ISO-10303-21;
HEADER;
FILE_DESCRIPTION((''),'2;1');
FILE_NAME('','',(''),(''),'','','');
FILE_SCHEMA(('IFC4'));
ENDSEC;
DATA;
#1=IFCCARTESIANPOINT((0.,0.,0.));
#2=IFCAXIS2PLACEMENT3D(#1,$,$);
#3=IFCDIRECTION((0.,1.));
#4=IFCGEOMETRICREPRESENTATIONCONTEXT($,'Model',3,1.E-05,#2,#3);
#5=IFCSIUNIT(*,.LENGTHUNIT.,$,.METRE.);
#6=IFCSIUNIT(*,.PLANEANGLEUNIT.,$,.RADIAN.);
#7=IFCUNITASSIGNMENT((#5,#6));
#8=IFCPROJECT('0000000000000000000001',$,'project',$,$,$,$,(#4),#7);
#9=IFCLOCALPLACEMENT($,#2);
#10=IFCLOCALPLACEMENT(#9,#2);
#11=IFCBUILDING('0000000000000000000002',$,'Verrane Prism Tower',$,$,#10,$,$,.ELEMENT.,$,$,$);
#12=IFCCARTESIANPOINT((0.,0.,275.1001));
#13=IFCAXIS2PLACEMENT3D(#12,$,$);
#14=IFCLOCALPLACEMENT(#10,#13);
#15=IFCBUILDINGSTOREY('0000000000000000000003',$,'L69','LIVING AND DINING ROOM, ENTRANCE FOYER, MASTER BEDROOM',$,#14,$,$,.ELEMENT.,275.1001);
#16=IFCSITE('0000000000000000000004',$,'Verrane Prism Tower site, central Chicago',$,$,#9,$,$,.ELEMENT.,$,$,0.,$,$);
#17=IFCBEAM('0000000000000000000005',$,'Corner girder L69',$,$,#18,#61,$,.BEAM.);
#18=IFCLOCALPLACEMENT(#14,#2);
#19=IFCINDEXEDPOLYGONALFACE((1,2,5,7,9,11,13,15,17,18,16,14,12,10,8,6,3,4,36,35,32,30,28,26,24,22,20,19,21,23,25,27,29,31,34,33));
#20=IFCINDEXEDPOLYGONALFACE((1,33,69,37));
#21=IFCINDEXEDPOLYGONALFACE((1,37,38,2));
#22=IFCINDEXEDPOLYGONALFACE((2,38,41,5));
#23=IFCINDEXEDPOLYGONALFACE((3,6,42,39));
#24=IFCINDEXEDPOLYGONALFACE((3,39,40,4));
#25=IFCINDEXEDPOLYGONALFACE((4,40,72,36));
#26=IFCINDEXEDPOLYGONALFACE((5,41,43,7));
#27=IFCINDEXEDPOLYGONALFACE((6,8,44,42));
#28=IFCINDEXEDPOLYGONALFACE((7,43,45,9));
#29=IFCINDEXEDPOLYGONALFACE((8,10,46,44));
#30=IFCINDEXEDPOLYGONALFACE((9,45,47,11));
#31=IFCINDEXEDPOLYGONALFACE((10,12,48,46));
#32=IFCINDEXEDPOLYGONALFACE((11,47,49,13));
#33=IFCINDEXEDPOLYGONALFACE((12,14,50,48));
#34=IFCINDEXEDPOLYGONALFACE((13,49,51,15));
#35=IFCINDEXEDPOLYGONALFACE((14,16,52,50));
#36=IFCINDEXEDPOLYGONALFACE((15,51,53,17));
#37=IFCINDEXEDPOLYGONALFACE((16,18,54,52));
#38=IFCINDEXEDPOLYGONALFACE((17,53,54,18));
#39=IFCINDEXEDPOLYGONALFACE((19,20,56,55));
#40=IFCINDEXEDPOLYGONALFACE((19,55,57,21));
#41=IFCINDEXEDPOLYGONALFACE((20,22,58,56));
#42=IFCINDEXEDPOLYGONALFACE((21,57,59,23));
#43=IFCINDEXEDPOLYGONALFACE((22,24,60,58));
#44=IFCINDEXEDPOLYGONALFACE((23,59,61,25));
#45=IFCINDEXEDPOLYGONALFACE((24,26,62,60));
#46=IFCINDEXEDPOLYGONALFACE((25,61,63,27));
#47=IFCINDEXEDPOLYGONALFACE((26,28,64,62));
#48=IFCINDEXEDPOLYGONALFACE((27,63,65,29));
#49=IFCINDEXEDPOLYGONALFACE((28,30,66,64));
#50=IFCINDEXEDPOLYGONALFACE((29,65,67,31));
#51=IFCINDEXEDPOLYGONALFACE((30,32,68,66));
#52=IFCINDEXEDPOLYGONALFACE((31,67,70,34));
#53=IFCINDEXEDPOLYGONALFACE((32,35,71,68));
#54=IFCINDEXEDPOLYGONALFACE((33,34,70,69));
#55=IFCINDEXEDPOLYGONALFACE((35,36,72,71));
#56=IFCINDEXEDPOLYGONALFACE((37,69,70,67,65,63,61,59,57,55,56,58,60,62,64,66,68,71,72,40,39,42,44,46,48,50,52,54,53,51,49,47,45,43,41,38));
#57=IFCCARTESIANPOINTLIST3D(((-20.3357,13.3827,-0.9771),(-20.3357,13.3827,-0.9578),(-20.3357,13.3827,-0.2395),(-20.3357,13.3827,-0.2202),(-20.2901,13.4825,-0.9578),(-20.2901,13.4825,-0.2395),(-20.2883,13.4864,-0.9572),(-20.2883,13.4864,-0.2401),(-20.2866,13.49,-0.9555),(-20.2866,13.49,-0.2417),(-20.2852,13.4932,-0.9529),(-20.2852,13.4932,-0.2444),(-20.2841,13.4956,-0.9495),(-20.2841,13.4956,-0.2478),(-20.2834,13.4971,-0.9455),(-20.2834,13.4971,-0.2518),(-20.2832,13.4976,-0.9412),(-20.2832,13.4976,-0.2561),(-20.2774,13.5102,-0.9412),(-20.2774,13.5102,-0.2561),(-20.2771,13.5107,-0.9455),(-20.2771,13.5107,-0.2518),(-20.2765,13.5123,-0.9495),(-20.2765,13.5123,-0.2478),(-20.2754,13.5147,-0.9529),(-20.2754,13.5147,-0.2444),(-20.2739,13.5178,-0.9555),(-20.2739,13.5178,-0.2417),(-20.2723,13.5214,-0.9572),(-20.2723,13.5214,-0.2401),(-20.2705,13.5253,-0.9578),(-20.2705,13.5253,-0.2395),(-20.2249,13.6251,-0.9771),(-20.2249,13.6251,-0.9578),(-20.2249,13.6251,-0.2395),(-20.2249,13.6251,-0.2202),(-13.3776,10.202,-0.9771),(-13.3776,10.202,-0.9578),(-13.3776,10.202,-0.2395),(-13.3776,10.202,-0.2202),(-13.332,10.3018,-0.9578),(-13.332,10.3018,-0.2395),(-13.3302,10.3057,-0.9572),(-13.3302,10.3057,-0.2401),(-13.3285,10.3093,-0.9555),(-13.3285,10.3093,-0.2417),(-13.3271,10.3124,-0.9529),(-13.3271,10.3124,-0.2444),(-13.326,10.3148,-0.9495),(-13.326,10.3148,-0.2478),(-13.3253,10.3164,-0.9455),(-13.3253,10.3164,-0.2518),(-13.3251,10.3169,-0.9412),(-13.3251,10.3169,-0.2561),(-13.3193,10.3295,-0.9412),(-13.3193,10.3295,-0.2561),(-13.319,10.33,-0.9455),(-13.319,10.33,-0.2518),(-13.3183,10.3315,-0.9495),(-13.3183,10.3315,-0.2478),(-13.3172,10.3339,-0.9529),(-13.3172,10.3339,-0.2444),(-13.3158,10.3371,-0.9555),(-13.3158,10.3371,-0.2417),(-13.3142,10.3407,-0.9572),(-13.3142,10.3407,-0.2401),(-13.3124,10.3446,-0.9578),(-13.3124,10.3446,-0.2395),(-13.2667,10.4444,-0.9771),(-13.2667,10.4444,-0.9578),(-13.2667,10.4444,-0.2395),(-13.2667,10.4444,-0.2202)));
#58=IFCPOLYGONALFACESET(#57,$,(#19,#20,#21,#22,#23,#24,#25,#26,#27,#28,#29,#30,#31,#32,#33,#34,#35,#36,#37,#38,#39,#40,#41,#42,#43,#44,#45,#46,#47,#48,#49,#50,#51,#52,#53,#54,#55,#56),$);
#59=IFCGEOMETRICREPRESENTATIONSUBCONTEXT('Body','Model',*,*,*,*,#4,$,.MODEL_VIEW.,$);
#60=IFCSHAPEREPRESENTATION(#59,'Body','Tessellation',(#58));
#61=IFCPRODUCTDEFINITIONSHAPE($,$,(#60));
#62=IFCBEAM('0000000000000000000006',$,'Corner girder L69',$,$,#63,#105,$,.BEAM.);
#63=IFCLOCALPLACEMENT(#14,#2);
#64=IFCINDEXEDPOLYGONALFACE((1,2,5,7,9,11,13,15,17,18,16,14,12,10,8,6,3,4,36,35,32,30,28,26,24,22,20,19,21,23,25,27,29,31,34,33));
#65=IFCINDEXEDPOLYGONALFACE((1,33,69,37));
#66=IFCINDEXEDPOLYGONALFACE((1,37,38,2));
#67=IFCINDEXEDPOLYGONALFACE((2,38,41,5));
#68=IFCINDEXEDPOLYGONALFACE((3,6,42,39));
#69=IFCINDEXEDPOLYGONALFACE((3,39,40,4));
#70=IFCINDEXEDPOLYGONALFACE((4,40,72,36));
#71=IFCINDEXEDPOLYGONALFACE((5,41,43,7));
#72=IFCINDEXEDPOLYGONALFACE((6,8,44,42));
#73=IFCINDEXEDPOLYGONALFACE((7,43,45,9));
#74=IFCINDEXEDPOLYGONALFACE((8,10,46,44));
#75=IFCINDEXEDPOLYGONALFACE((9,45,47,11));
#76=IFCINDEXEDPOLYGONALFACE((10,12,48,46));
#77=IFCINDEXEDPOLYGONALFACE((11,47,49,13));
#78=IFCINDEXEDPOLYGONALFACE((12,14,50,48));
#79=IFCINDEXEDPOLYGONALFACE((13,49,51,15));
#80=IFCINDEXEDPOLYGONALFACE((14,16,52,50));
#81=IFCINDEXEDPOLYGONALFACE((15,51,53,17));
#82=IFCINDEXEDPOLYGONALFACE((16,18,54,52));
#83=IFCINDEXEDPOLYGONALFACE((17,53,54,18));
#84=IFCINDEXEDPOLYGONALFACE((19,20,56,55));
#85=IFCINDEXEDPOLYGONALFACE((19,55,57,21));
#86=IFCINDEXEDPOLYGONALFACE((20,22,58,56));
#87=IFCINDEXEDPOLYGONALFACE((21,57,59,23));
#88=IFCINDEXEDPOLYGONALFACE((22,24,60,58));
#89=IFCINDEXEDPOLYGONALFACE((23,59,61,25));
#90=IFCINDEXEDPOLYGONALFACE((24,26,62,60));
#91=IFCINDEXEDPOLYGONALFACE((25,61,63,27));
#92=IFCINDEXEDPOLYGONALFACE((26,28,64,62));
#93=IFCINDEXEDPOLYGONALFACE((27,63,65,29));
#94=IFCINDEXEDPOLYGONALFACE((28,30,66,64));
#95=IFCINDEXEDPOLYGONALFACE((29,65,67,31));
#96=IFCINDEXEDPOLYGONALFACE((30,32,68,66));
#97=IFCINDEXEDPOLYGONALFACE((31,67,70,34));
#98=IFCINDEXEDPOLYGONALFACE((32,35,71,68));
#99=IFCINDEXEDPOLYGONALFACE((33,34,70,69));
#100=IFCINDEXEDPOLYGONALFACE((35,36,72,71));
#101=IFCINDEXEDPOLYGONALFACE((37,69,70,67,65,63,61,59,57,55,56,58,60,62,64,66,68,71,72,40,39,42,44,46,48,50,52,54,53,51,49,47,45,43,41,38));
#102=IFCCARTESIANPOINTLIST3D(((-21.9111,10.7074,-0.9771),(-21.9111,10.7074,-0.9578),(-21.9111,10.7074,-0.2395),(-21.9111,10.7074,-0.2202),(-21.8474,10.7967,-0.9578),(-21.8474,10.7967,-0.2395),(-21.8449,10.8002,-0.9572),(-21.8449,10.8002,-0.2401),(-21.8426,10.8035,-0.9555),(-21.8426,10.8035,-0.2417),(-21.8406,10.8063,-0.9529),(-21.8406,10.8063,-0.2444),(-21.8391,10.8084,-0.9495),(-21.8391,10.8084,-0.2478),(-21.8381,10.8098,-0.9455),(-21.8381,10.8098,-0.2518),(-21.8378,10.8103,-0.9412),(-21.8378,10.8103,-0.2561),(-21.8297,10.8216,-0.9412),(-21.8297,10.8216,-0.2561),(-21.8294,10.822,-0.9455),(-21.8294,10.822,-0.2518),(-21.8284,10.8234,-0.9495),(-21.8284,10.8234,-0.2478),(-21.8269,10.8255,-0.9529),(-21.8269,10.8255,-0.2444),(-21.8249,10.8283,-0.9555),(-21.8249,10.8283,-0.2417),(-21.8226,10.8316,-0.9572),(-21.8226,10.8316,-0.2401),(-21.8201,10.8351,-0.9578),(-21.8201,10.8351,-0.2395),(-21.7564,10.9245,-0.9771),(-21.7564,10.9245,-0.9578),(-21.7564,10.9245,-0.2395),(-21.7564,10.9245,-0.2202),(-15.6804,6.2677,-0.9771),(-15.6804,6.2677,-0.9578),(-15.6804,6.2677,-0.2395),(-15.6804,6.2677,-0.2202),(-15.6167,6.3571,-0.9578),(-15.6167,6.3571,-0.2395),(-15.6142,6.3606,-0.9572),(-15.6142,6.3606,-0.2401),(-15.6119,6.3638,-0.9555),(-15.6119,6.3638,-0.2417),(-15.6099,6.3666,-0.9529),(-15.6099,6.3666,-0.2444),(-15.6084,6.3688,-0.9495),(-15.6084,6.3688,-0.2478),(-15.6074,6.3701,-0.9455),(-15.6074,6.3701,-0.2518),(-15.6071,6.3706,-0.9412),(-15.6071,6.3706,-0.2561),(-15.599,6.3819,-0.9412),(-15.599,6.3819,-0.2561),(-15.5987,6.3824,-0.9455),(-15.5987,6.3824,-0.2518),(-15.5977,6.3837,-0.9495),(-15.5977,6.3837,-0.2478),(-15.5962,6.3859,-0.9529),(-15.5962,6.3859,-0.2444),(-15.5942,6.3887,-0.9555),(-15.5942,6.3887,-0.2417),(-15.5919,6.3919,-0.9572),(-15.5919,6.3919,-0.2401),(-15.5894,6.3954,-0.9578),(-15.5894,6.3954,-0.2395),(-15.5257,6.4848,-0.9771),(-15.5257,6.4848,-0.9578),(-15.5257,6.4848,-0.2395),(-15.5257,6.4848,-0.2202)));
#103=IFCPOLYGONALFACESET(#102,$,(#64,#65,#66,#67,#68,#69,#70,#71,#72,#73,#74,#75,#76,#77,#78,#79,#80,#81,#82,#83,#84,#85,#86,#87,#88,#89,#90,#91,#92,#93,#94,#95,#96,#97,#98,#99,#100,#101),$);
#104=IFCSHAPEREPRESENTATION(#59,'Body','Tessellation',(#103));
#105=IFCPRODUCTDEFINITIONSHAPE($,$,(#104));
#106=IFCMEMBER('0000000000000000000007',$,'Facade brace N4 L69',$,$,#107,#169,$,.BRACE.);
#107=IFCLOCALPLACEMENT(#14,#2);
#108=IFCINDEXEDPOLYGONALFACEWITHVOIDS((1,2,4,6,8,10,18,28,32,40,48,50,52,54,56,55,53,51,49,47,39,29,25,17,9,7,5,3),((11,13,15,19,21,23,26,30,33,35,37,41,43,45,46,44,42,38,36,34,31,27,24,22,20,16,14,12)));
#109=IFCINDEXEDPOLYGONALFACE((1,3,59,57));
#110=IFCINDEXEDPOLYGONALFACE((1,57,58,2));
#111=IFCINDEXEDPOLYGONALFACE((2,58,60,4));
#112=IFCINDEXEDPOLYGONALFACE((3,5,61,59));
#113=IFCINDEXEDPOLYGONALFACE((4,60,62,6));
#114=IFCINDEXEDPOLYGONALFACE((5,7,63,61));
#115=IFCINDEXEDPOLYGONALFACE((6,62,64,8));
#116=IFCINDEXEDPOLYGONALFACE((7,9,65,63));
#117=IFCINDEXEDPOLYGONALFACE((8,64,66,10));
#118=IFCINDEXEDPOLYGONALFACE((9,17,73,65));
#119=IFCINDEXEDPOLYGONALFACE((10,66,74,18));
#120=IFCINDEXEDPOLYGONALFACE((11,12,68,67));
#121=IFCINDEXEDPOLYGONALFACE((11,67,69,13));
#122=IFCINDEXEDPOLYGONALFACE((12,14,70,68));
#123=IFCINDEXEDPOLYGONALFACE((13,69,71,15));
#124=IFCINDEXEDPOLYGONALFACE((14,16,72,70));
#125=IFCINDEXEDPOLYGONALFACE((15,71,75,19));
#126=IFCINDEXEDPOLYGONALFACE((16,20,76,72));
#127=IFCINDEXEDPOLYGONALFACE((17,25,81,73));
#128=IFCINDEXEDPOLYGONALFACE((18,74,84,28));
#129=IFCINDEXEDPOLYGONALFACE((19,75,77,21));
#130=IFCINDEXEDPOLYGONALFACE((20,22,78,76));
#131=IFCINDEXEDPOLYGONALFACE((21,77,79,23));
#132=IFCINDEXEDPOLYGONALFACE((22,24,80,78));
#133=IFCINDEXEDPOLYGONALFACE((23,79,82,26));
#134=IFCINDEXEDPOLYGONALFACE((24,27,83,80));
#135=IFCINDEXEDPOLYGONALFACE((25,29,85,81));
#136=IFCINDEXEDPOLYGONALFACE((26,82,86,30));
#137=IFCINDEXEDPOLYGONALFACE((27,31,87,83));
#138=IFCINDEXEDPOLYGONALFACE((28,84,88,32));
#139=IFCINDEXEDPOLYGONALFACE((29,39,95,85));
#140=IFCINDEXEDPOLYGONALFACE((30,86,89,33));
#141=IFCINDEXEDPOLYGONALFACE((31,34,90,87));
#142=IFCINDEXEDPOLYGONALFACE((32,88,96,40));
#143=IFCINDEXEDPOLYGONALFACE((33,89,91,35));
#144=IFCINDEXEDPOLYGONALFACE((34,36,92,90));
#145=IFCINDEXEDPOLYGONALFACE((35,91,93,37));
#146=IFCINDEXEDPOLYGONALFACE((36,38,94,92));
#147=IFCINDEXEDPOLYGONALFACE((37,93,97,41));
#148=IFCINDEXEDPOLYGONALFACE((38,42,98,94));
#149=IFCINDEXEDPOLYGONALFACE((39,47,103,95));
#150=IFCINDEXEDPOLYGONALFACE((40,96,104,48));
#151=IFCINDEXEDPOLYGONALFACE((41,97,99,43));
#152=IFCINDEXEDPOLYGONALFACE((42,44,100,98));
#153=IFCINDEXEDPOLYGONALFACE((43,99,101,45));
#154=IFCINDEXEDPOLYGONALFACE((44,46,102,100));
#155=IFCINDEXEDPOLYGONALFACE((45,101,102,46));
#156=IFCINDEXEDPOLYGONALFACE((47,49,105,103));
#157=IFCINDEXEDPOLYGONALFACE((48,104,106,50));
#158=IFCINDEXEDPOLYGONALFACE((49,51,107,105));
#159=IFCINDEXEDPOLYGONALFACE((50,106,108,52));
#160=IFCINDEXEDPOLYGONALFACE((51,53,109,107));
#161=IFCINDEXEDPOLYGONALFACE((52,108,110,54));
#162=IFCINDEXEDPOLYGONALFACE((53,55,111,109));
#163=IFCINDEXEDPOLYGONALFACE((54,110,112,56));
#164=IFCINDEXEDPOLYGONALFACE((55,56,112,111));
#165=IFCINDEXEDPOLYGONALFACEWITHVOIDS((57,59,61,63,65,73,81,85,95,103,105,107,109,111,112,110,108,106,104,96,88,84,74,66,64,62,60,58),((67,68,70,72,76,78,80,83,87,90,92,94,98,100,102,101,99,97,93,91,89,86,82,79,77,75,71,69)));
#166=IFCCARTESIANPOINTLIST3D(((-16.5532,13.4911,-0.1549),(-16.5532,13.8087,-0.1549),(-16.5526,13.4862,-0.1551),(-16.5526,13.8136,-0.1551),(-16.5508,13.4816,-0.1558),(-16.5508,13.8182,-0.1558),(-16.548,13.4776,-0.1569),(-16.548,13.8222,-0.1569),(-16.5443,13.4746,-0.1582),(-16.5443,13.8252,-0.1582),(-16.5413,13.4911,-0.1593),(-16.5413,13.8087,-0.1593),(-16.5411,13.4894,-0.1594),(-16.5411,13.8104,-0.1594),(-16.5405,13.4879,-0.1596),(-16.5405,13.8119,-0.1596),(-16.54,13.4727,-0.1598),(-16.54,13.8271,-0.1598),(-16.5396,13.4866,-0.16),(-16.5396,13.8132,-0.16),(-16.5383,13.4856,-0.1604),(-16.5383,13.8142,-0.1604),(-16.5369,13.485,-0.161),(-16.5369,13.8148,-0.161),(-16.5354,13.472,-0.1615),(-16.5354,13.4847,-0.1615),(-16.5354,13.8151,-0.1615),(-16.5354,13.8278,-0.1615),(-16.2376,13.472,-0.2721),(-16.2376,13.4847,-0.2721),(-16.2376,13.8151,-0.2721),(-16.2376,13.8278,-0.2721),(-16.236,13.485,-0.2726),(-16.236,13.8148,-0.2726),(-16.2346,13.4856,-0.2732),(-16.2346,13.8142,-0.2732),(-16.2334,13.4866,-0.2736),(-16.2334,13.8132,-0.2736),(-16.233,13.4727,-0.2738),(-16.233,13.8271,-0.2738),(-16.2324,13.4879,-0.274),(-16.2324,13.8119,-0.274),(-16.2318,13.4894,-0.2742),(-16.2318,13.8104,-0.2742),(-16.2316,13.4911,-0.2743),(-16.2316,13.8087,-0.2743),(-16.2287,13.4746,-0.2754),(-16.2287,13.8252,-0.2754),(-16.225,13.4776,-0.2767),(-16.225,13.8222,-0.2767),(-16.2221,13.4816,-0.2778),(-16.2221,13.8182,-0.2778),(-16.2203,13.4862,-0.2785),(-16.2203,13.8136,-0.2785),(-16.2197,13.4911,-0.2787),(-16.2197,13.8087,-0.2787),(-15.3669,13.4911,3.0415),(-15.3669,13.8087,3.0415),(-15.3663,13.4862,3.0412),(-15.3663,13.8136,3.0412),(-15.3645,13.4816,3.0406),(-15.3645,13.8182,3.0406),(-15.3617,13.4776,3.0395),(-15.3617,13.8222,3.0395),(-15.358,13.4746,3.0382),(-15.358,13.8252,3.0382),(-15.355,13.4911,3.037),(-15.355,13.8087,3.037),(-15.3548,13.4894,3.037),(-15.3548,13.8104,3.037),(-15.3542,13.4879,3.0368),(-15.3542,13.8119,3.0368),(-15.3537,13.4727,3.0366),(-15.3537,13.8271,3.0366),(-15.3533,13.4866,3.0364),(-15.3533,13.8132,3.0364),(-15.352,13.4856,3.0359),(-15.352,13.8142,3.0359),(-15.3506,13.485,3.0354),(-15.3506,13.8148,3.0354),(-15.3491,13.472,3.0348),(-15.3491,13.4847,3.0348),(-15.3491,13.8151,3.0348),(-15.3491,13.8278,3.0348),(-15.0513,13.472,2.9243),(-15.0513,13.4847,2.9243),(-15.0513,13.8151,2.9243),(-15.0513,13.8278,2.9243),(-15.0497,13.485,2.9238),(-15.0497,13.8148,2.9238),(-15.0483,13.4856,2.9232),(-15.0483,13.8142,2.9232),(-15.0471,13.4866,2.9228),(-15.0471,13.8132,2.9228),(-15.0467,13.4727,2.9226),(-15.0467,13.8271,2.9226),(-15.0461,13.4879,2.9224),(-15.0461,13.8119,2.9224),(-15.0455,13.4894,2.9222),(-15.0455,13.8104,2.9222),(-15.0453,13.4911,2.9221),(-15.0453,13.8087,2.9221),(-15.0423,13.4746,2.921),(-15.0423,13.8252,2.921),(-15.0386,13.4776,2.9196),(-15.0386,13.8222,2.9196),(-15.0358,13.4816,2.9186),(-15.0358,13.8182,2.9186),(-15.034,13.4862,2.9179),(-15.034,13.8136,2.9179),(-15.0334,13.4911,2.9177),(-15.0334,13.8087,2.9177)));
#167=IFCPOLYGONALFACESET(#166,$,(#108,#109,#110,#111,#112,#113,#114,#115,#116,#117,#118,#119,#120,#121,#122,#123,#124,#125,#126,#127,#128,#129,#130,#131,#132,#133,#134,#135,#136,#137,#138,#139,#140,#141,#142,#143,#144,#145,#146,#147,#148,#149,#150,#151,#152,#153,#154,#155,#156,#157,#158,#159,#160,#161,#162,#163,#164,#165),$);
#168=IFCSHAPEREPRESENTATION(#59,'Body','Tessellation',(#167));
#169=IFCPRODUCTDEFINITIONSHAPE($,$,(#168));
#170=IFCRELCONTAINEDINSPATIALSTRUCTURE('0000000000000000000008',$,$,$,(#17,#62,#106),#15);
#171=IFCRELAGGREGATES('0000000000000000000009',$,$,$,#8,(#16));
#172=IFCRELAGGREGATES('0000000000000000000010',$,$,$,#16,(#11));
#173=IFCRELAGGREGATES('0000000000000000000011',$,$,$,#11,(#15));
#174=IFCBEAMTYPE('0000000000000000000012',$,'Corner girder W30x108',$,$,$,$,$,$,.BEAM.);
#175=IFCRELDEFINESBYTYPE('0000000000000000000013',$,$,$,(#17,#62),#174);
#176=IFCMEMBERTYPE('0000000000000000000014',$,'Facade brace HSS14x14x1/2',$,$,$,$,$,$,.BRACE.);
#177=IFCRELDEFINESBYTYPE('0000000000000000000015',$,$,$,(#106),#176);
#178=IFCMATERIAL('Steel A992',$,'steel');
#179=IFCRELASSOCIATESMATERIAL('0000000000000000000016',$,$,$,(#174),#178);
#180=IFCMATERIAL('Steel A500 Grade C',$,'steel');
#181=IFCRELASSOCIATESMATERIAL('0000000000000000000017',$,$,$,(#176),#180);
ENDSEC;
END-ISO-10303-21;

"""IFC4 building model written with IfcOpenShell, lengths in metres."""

from ifc_helpers import new_model, si_unit, direction, frame, origin, origin_2d, place, context, subcontext, project, spatial, hollow_rectangle, i_section, extrude, material, material_profile, profile_set, type_object, element, save


model = new_model("IFC4")

# Units and contexts
model_context = context("Model", 3, precision=1e-05, world=origin(), true_north=direction((0.0, 1.0)))
body_context = subcontext(model_context, "Body", "Model", "MODEL_VIEW")
ifc_project = project(units=[si_unit("LENGTHUNIT", "METRE"), si_unit("PLANEANGLEUNIT", "RADIAN")], contexts=[model_context])

# Site, building, storey
site_placement = place(None, origin())
site = spatial("IfcSite", under=ifc_project, at=site_placement, Name="Verrane Prism Tower site, central Chicago", CompositionType="ELEMENT", RefElevation=0.0)
building_placement = place(site_placement, origin())
building = spatial("IfcBuilding", under=site, at=building_placement, Name="Verrane Prism Tower", CompositionType="ELEMENT")
storey_placement = place(building_placement, frame((0.0, 0.0, 275.1001)))
storey = spatial("IfcBuildingStorey", under=building, at=storey_placement, Name="L69", Description="LIVING AND DINING ROOM, ENTRANCE FOYER, MASTER BEDROOM", CompositionType="ELEMENT", Elevation=275.1001)

# Beams
ifc_material_1 = material(Name="Steel A992", Category="steel")
ifc_material_profile_1 = material_profile(ifc_material_1, i_section(OverallWidth=0.2666, OverallDepth=0.7568, WebThickness=0.0139, FlangeThickness=0.0193, FilletRadius=0.0166, at=origin_2d()), Name="W30x108")
ifc_profile_set_1 = profile_set([ifc_material_profile_1], Name="Steel A992")
beam_type_1 = type_object("IfcBeamType", Name="Corner girder W30x108", PredefinedType="BEAM", material=ifc_profile_set_1)
for number, where, z_axis, x_axis, name in (
    (1, (-20.2803, 13.5039, -0.5986), (0.909481, -0.415745, 0.0), (0.415745, 0.909481, 0.0), "Corner girder L69"),
    (2, (-21.8337, 10.8159, -0.5986), (0.814401, -0.580302, 0.0), (0.580302, 0.814401, 0.0), "Corner girder L69"),
):
    element("IfcBeam", number, at=place(storey_placement, frame(where, z_axis=z_axis, x_axis=x_axis)), inside=storey, type_object=beam_type_1, Name=name, PredefinedType="BEAM", context=body_context, shape_type="SweptSolid", body=[
        extrude(i_section(OverallWidth=0.2666, OverallDepth=0.7568, WebThickness=0.0139, FlangeThickness=0.0193, FilletRadius=0.0166, at=origin_2d()), origin(), (0.0, 0.0, 1.0), 7.6506),
    ])

# Member
ifc_material_2 = material(Name="Steel A500 Grade C", Category="steel")
ifc_material_profile_2 = material_profile(ifc_material_2, hollow_rectangle(XDim=0.3557, YDim=0.3557, WallThickness=0.0127, InnerFilletRadius=0.0063, OuterFilletRadius=0.019, at=origin_2d()), Name="HSS14x14x1/2")
ifc_profile_set_2 = profile_set([ifc_material_profile_2], Name="Steel A500 Grade C")
member_type_1 = type_object("IfcMemberType", Name="Facade brace HSS14x14x1/2", PredefinedType="BRACE", material=ifc_profile_set_2)
member_1_placement = place(storey_placement, frame((-16.3865, 13.6499, -0.2168), z_axis=(0.347951, 0.0, 0.937513), x_axis=(0.0, 1.0, 0.0)))
element("IfcMember", 3, at=member_1_placement, inside=storey, type_object=member_type_1, Name="Facade brace N4 L69", PredefinedType="BRACE", context=body_context, shape_type="SweptSolid", body=[
    extrude(hollow_rectangle(XDim=0.3557, YDim=0.3557, WallThickness=0.0127, InnerFilletRadius=0.0063, OuterFilletRadius=0.019, at=origin_2d()), origin(), (0.0, 0.0, 1.0), 3.4094),
])

save(model, "model.ifc")
